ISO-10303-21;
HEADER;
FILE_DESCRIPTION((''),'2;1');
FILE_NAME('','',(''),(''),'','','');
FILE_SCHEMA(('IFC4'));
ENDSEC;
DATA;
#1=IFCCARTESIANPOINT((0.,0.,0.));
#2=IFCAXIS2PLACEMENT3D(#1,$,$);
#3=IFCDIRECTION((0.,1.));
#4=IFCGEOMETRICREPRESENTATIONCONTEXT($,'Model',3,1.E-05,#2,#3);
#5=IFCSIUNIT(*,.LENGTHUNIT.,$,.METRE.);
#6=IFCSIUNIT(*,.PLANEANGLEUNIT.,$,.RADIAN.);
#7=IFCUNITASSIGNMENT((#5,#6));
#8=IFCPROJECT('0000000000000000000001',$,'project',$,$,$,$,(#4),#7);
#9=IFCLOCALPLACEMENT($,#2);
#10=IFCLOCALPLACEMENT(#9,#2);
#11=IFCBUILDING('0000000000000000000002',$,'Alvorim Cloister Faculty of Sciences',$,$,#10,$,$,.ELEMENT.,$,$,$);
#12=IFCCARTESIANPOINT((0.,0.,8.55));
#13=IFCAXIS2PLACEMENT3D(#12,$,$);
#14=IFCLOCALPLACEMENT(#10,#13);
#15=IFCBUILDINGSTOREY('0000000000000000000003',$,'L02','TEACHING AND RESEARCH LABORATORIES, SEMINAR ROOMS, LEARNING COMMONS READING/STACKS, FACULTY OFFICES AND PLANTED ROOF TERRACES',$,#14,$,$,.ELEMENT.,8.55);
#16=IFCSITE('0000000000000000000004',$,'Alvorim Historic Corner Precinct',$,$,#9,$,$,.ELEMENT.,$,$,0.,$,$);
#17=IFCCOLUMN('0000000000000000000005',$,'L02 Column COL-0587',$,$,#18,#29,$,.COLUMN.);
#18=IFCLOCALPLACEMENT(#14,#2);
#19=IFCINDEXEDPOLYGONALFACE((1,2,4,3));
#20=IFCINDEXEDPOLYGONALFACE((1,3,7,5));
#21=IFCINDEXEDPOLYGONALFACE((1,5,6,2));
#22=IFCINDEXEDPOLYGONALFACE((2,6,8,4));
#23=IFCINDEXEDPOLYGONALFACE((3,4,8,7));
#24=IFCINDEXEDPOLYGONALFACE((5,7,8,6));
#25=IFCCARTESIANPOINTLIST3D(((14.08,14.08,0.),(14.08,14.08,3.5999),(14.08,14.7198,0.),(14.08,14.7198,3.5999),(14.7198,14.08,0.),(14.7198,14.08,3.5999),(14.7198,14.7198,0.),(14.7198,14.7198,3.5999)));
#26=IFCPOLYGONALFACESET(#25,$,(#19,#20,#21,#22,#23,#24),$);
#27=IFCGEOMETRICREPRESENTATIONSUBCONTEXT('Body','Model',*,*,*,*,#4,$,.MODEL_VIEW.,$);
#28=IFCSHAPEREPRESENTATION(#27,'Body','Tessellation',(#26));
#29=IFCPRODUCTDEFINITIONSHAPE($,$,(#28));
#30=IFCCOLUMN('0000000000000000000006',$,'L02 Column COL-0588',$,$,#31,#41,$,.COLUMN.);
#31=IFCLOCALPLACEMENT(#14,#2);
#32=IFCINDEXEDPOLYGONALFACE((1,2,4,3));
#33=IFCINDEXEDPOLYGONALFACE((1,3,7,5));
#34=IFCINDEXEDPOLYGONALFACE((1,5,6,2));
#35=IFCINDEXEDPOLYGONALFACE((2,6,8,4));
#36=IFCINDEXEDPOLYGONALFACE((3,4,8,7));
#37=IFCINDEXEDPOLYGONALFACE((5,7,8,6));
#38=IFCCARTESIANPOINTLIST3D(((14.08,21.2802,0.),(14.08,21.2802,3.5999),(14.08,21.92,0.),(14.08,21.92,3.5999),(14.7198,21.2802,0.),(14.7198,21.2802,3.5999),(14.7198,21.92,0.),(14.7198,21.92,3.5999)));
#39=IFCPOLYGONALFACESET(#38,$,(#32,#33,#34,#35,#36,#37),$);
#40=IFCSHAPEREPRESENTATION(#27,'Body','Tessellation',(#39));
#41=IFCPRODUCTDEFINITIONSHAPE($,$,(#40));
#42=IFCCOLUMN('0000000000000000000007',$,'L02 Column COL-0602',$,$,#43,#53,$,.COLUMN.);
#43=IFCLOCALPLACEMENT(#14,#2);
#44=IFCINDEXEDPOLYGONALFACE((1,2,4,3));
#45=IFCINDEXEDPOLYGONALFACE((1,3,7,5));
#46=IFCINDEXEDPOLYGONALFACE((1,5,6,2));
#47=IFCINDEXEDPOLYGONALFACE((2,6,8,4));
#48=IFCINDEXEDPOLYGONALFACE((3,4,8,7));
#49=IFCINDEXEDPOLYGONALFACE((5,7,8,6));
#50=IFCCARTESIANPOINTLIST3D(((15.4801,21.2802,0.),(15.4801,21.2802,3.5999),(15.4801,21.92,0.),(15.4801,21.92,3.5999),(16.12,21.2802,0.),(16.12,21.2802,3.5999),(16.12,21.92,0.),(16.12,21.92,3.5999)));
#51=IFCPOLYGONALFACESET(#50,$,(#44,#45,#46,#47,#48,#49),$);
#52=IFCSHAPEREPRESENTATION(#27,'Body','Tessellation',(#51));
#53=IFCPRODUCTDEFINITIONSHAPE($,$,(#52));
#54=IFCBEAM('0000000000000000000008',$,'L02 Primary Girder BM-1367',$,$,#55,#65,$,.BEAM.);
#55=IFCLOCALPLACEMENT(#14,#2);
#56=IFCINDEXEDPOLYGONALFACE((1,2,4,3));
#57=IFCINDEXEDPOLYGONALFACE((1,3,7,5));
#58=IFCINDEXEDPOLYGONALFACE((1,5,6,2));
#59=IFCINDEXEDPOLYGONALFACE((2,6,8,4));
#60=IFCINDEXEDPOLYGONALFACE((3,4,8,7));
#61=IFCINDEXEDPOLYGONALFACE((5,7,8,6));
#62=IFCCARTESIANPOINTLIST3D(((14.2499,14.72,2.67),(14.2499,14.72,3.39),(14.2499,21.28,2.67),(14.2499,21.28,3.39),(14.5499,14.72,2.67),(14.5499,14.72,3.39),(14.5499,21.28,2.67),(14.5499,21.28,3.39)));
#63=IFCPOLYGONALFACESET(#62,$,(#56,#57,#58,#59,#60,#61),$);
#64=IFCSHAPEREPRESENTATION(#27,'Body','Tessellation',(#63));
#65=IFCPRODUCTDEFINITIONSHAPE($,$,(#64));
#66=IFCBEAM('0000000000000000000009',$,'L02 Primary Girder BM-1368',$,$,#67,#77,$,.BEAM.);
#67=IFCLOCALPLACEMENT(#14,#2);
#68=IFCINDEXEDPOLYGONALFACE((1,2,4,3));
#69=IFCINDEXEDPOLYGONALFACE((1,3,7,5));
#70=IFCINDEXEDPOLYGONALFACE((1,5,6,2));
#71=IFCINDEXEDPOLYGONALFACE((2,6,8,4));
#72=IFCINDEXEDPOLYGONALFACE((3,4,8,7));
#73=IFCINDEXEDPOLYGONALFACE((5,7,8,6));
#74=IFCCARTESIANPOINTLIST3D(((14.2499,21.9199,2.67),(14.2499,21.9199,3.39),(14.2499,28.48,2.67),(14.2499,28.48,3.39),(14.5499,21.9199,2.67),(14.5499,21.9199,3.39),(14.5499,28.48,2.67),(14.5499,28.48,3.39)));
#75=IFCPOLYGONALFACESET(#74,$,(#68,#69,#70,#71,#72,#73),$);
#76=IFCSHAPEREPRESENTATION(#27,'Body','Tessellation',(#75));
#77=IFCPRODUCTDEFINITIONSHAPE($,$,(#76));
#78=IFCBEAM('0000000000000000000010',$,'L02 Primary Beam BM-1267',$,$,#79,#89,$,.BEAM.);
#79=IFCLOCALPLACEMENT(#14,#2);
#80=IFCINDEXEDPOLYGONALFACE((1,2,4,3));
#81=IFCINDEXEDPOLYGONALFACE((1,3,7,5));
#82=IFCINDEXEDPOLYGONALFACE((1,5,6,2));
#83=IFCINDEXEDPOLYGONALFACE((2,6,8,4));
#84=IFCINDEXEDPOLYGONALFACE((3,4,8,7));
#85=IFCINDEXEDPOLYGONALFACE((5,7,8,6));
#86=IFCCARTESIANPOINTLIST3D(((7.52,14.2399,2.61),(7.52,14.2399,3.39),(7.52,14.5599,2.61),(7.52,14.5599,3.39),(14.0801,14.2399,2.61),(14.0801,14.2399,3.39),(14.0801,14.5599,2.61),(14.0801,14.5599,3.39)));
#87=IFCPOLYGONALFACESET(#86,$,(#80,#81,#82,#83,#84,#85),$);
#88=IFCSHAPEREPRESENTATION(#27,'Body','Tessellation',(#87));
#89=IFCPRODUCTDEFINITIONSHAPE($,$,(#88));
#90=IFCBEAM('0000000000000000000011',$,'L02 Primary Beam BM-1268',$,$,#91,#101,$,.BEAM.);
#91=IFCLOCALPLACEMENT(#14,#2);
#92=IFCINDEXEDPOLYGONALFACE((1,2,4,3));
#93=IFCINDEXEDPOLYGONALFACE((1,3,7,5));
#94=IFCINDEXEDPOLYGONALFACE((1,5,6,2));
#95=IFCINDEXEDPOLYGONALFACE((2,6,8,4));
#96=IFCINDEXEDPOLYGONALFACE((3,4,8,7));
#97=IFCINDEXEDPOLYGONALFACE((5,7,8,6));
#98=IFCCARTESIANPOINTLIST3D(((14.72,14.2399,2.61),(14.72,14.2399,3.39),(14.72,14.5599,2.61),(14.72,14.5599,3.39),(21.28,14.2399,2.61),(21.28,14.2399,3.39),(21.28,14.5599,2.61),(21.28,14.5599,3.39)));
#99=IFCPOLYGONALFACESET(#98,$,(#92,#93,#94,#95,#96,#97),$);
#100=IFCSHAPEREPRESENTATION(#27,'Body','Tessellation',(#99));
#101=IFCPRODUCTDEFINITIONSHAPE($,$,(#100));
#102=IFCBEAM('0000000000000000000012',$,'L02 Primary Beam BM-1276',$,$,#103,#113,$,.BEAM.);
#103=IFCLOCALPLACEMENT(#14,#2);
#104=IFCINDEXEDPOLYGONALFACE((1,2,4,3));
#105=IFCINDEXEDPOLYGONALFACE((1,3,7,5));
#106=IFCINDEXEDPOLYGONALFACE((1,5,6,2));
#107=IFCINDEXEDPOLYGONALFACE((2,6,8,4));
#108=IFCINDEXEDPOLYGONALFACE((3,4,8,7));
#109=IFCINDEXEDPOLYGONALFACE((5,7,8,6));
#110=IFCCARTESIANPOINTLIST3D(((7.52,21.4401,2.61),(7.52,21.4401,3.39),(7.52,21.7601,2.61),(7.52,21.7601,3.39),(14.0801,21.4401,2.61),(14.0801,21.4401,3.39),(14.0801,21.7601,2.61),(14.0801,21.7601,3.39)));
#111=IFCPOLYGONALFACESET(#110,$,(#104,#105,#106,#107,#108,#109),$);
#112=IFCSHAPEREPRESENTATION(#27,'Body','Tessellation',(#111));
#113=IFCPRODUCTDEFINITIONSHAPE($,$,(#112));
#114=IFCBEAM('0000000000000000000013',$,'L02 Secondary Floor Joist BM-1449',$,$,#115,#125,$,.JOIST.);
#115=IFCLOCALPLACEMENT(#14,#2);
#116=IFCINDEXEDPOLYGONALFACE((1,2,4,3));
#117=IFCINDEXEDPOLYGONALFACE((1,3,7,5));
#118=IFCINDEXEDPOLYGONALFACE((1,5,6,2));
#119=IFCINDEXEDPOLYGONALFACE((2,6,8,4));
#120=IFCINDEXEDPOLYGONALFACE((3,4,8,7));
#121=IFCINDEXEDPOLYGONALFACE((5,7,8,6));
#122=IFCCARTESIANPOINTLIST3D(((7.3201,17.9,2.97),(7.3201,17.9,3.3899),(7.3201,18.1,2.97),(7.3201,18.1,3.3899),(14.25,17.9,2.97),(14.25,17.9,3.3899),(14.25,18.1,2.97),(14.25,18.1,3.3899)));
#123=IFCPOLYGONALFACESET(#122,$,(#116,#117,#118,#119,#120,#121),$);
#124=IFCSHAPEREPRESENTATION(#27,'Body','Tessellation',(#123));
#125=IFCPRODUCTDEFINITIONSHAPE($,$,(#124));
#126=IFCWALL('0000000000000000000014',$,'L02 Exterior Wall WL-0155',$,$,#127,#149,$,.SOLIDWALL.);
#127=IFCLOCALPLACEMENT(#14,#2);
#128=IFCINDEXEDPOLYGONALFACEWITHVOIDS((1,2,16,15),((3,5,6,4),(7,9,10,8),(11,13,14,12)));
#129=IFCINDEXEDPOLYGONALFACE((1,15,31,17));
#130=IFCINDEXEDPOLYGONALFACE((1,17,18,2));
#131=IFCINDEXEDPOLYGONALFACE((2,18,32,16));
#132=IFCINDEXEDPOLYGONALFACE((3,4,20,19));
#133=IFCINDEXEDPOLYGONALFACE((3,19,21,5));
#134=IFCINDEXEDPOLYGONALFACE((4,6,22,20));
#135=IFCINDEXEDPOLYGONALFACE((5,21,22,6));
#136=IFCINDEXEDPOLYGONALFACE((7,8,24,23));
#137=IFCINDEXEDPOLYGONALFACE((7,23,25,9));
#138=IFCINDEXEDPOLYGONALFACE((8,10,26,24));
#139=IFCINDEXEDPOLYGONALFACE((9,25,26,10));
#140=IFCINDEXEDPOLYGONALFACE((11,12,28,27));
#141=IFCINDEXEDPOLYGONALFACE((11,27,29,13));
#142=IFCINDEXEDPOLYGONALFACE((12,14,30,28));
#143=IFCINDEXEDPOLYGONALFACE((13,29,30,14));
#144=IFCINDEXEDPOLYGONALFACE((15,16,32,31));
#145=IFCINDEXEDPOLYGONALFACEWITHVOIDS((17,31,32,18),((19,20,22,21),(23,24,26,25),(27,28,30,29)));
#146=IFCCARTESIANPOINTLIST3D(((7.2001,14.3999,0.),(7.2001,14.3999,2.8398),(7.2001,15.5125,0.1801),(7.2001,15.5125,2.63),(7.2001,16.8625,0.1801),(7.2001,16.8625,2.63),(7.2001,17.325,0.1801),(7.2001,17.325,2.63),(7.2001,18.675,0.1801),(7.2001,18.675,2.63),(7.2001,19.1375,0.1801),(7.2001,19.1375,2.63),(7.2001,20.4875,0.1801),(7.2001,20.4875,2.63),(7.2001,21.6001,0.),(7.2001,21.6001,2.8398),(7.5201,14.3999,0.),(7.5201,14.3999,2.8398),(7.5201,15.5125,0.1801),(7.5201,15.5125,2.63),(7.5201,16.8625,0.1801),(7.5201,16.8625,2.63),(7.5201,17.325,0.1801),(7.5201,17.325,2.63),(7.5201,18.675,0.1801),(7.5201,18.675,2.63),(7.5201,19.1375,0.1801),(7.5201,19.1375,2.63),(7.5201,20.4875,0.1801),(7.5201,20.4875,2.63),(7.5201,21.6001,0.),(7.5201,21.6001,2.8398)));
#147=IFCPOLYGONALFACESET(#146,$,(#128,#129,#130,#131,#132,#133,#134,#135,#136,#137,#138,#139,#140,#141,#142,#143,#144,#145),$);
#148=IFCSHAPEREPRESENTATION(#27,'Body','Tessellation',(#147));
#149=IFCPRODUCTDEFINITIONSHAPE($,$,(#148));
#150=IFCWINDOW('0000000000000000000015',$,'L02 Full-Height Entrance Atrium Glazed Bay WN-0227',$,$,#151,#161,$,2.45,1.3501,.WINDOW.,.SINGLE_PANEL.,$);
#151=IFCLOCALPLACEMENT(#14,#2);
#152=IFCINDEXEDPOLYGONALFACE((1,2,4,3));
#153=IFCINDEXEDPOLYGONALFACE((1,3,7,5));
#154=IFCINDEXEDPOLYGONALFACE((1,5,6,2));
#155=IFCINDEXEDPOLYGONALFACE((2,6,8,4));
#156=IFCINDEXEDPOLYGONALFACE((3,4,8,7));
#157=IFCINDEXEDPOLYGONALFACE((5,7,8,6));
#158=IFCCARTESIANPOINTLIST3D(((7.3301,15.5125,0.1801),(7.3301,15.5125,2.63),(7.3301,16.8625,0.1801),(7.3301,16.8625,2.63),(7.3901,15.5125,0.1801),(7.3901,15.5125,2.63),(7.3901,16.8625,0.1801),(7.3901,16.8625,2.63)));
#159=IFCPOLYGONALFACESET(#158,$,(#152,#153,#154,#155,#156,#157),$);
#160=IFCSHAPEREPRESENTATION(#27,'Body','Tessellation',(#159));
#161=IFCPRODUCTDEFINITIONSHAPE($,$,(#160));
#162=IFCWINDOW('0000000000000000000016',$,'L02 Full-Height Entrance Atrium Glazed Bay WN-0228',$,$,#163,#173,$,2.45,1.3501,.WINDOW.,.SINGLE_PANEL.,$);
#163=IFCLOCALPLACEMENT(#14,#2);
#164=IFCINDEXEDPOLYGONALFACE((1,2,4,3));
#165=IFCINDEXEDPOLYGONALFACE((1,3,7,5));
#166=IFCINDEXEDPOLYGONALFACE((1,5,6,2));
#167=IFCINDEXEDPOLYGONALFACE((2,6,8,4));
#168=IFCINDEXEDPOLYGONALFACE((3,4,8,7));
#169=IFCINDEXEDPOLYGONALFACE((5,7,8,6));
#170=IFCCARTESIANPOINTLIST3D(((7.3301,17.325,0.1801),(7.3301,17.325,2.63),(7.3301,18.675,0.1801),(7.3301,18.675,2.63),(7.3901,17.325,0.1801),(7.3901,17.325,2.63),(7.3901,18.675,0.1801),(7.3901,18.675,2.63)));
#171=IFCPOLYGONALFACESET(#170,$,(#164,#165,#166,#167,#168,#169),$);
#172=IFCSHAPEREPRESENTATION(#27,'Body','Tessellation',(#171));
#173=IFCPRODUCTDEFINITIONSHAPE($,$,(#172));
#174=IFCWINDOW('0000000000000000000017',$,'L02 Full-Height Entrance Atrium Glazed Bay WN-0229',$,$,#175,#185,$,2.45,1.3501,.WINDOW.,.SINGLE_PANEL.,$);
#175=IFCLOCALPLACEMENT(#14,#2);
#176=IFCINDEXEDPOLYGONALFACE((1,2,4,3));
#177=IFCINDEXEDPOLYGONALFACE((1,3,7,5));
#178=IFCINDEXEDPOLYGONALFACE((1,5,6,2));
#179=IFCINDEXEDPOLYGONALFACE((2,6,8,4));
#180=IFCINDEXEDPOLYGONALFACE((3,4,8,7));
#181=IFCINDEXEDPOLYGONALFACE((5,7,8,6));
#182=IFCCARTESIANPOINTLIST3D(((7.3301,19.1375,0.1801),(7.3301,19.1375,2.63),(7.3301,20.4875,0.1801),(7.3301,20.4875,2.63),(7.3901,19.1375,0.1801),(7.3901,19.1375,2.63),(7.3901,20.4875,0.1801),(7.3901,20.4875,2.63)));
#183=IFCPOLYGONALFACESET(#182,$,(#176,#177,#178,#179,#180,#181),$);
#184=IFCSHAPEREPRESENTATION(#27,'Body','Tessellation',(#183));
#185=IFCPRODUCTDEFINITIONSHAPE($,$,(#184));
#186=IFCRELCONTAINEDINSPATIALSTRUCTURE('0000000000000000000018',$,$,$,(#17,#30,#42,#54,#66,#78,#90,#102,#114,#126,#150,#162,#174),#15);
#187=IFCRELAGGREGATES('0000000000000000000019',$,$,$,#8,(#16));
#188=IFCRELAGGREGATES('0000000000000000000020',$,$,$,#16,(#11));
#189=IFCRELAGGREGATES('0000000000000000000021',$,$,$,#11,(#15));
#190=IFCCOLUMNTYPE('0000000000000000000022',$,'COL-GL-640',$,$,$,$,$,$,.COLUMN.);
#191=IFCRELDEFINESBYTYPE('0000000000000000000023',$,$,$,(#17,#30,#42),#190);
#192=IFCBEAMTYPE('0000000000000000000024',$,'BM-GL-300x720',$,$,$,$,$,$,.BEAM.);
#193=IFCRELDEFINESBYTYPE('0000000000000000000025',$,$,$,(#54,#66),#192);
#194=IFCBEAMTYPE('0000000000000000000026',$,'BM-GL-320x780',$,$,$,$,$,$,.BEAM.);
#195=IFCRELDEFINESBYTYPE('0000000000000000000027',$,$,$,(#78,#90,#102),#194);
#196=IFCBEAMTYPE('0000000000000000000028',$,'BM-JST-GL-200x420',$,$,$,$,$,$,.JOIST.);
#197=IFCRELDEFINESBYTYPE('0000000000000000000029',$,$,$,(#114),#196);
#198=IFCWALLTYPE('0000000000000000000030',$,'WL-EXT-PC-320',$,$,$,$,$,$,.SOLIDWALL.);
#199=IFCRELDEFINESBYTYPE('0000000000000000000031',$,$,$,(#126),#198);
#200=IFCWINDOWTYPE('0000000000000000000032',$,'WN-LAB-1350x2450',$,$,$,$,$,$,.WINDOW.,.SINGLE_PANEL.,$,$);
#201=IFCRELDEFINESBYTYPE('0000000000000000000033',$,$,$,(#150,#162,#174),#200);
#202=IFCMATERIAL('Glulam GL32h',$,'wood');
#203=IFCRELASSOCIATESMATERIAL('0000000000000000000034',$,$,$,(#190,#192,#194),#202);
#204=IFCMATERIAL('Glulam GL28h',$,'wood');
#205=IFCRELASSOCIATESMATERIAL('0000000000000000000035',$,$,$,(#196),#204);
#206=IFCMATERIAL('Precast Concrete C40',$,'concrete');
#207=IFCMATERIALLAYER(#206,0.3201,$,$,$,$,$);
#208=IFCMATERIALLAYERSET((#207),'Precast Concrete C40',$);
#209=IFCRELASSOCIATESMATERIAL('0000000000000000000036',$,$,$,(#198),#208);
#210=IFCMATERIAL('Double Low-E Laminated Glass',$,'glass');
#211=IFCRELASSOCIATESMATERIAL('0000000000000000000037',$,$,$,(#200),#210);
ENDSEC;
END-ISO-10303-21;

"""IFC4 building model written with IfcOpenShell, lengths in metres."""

from ifc_helpers import new_model, si_unit, direction, frame, frame_2d, origin, origin_2d, place, context, subcontext, project, spatial, rectangle, extrude, material, layer, layer_set, material_profile, profile_set, type_object, element, fill, save


model = new_model("IFC4")

# Units and contexts
model_context = context("Model", 3, precision=1e-05, world=origin(), true_north=direction((0.0, 1.0)))
body_context = subcontext(model_context, "Body", "Model", "MODEL_VIEW")
ifc_project = project(units=[si_unit("LENGTHUNIT", "METRE"), si_unit("PLANEANGLEUNIT", "RADIAN")], contexts=[model_context])

# Site, building, storey
site_placement = place(None, origin())
site = spatial("IfcSite", under=ifc_project, at=site_placement, Name="Alvorim Historic Corner Precinct", CompositionType="ELEMENT", RefElevation=0.0)
building_placement = place(site_placement, origin())
building = spatial("IfcBuilding", under=site, at=building_placement, Name="Alvorim Cloister Faculty of Sciences", CompositionType="ELEMENT")
storey_placement = place(building_placement, frame((0.0, 0.0, 8.55)))
storey = spatial("IfcBuildingStorey", under=building, at=storey_placement, Name="L02", Description="TEACHING AND RESEARCH LABORATORIES, SEMINAR ROOMS, LEARNING COMMONS READING/STACKS, FACULTY OFFICES AND PLANTED ROOF TERRACES", CompositionType="ELEMENT", Elevation=8.55)

# Columns
ifc_material_1 = material(Name="Glulam GL32h", Category="wood")
ifc_material_profile_1 = material_profile(ifc_material_1, rectangle(XDim=0.6399, YDim=0.6399, at=origin_2d()), Name="GL32-COL-640x640")
ifc_profile_set_1 = profile_set([ifc_material_profile_1], Name="Glulam GL32h")
column_type = type_object("IfcColumnType", Name="COL-GL-640", PredefinedType="COLUMN", material=ifc_profile_set_1)
for number, where, z_axis, x_axis, name in (
    (1, (14.3999, 14.3999, 0.0), (0.0, 0.0, 1.0), (1.0, 0.0, 0.0), "L02 Column COL-0587"),
    (2, (14.3999, 21.6001, 0.0), (0.0, 0.0, 1.0), (1.0, 0.0, 0.0), "L02 Column COL-0588"),
    (3, (15.8, 21.6001, 0.0), (0.0, 0.0, 1.0), (1.0, 0.0, 0.0), "L02 Column COL-0602"),
):
    element("IfcColumn", number, at=place(storey_placement, frame(where, z_axis=z_axis, x_axis=x_axis)), inside=storey, type_object=column_type, Name=name, PredefinedType="COLUMN", context=body_context, shape_type="SweptSolid", body=[
        extrude(rectangle(XDim=0.6399, YDim=0.6399, at=origin_2d()), origin(), (0.0, 0.0, 1.0), 3.5999),
    ])

# Beams
ifc_material_profile_2 = material_profile(ifc_material_1, rectangle(XDim=0.3, YDim=0.72, at=origin_2d()), Name="GL32-BM-300x720")
ifc_profile_set_2 = profile_set([ifc_material_profile_2], Name="Glulam GL32h")
beam_type_1 = type_object("IfcBeamType", Name="BM-GL-300x720", PredefinedType="BEAM", material=ifc_profile_set_2)
for number, where, z_axis, x_axis, name in (
    (4, (14.3999, 14.72, 3.03), (0.0, 1.0, 0.0), (-1.0, 0.0, 0.0), "L02 Primary Girder BM-1367"),
    (5, (14.3999, 21.9199, 3.03), (0.0, 1.0, 0.0), (-1.0, 0.0, 0.0), "L02 Primary Girder BM-1368"),
):
    element("IfcBeam", number, at=place(storey_placement, frame(where, z_axis=z_axis, x_axis=x_axis)), inside=storey, type_object=beam_type_1, Name=name, PredefinedType="BEAM", context=body_context, shape_type="SweptSolid", body=[
        extrude(rectangle(XDim=0.3, YDim=0.72, at=origin_2d()), origin(), (0.0, 0.0, 1.0), 6.5601),
    ])
ifc_material_profile_3 = material_profile(ifc_material_1, rectangle(XDim=0.3201, YDim=0.78, at=origin_2d()), Name="GL32-BM-320x780")
ifc_profile_set_3 = profile_set([ifc_material_profile_3], Name="Glulam GL32h")
beam_type_2 = type_object("IfcBeamType", Name="BM-GL-320x780", PredefinedType="BEAM", material=ifc_profile_set_3)
for number, where, z_axis, x_axis, name in (
    (6, (7.52, 14.3999, 3.0), (1.0, 0.0, 0.0), (0.0, 1.0, 0.0), "L02 Primary Beam BM-1267"),
    (7, (14.72, 14.3999, 3.0), (1.0, 0.0, 0.0), (0.0, 1.0, 0.0), "L02 Primary Beam BM-1268"),
    (8, (7.52, 21.6001, 3.0), (1.0, 0.0, 0.0), (0.0, 1.0, 0.0), "L02 Primary Beam BM-1276"),
):
    element("IfcBeam", number, at=place(storey_placement, frame(where, z_axis=z_axis, x_axis=x_axis)), inside=storey, type_object=beam_type_2, Name=name, PredefinedType="BEAM", context=body_context, shape_type="SweptSolid", body=[
        extrude(rectangle(XDim=0.3201, YDim=0.78, at=origin_2d()), origin(), (0.0, 0.0, 1.0), 6.5601),
    ])
ifc_material_2 = material(Name="Glulam GL28h", Category="wood")
ifc_material_profile_4 = material_profile(ifc_material_2, rectangle(XDim=0.2, YDim=0.4199, at=origin_2d()), Name="GL28-JST-200x420")
ifc_profile_set_4 = profile_set([ifc_material_profile_4], Name="Glulam GL28h")
beam_type_3 = type_object("IfcBeamType", Name="BM-JST-GL-200x420", PredefinedType="JOIST", material=ifc_profile_set_4)
beam_placement = place(storey_placement, frame((7.3201, 18.0, 3.1799), z_axis=(1.0, 0.0, 0.0), x_axis=(0.0, 1.0, 0.0)))
element("IfcBeam", 9, at=beam_placement, inside=storey, type_object=beam_type_3, Name="L02 Secondary Floor Joist BM-1449", PredefinedType="JOIST", context=body_context, shape_type="SweptSolid", body=[
    extrude(rectangle(XDim=0.2, YDim=0.4199, at=origin_2d()), origin(), (0.0, 0.0, 1.0), 6.9299),
])

# Wall, openings, windows
ifc_material_3 = material(Name="Precast Concrete C40", Category="concrete")
ifc_layer_1 = layer(ifc_material_3, 0.3201)
ifc_layer_set_1 = layer_set([ifc_layer_1], Name="Precast Concrete C40")
wall_type_1 = type_object("IfcWallType", Name="WL-EXT-PC-320", PredefinedType="SOLIDWALL", material=ifc_layer_set_1)
wall_1_placement = place(storey_placement, frame((7.3601, 14.3999, 0.0), z_axis=(0.0, 0.0, 1.0), x_axis=(0.0, 1.0, 0.0)))
wall_1 = element("IfcWall", 10, at=wall_1_placement, inside=storey, type_object=wall_type_1, Name="L02 Exterior Wall WL-0155", PredefinedType="SOLIDWALL", context=body_context, shape_type="SweptSolid", body=[
    extrude(rectangle(XDim=7.2002, YDim=0.3201, at=frame_2d((3.6001, 0.0))), origin(), (0.0, 0.0, 1.0), 2.8398),
])
opening_1_placement = place(wall_1_placement, frame((1.1125, 0.0, 0.1799)))
opening_1 = element("IfcOpeningElement", 11, at=opening_1_placement, cuts=wall_1, PredefinedType="OPENING", context=body_context, shape_type="SweptSolid", body=[
    extrude(rectangle(XDim=1.3501, YDim=2.45, at=frame_2d((0.675, 1.2251))), frame((0.0, 0.1719, 0.0), z_axis=(0.0, -1.0, 0.0), x_axis=(1.0, 0.0, 0.0)), (0.0, 0.0, 1.0), 0.344),
])
opening_2_placement = place(wall_1_placement, frame((2.925, 0.0, 0.1799)))
opening_2 = element("IfcOpeningElement", 12, at=opening_2_placement, cuts=wall_1, PredefinedType="OPENING", context=body_context, shape_type="SweptSolid", body=[
    extrude(rectangle(XDim=1.3501, YDim=2.45, at=frame_2d((0.675, 1.2251))), frame((0.0, 0.1719, 0.0), z_axis=(0.0, -1.0, 0.0), x_axis=(1.0, 0.0, 0.0)), (0.0, 0.0, 1.0), 0.344),
])
opening_3_placement = place(wall_1_placement, frame((4.7375, 0.0, 0.1799)))
opening_3 = element("IfcOpeningElement", 13, at=opening_3_placement, cuts=wall_1, PredefinedType="OPENING", context=body_context, shape_type="SweptSolid", body=[
    extrude(rectangle(XDim=1.3501, YDim=2.45, at=frame_2d((0.675, 1.2251))), frame((0.0, 0.1719, 0.0), z_axis=(0.0, -1.0, 0.0), x_axis=(1.0, 0.0, 0.0)), (0.0, 0.0, 1.0), 0.344),
])
ifc_material_4 = material(Name="Double Low-E Laminated Glass", Category="glass")
window_type = type_object("IfcWindowType", Name="WN-LAB-1350x2450", PartitioningType="SINGLE_PANEL", PredefinedType="WINDOW", material=ifc_material_4)
window_1_placement = place(opening_1_placement, origin())
window_1 = element("IfcWindow", 14, at=window_1_placement, inside=storey, type_object=window_type, Name="L02 Full-Height Entrance Atrium Glazed Bay WN-0227", OverallHeight=2.45, OverallWidth=1.3501, PartitioningType="SINGLE_PANEL", PredefinedType="WINDOW", context=body_context, shape_type="SweptSolid", body=[
    extrude(rectangle(XDim=1.3501, YDim=2.45, at=frame_2d((0.675, 1.2251))), frame((0.0, 0.03, 0.0), z_axis=(0.0, -1.0, 0.0), x_axis=(1.0, 0.0, 0.0)), (0.0, 0.0, 1.0), 0.0601),
])
fill(opening_1, window_1)
window_2_placement = place(opening_2_placement, origin())
window_2 = element("IfcWindow", 15, at=window_2_placement, inside=storey, type_object=window_type, Name="L02 Full-Height Entrance Atrium Glazed Bay WN-0228", OverallHeight=2.45, OverallWidth=1.3501, PartitioningType="SINGLE_PANEL", PredefinedType="WINDOW", context=body_context, shape_type="SweptSolid", body=[
    extrude(rectangle(XDim=1.3501, YDim=2.45, at=frame_2d((0.675, 1.2251))), frame((0.0, 0.03, 0.0), z_axis=(0.0, -1.0, 0.0), x_axis=(1.0, 0.0, 0.0)), (0.0, 0.0, 1.0), 0.0601),
])
fill(opening_2, window_2)
window_3_placement = place(opening_3_placement, origin())
window_3 = element("IfcWindow", 16, at=window_3_placement, inside=storey, type_object=window_type, Name="L02 Full-Height Entrance Atrium Glazed Bay WN-0229", OverallHeight=2.45, OverallWidth=1.3501, PartitioningType="SINGLE_PANEL", PredefinedType="WINDOW", context=body_context, shape_type="SweptSolid", body=[
    extrude(rectangle(XDim=1.3501, YDim=2.45, at=frame_2d((0.675, 1.2251))), frame((0.0, 0.03, 0.0), z_axis=(0.0, -1.0, 0.0), x_axis=(1.0, 0.0, 0.0)), (0.0, 0.0, 1.0), 0.0601),
])
fill(opening_3, window_3)

save(model, "model.ifc")
